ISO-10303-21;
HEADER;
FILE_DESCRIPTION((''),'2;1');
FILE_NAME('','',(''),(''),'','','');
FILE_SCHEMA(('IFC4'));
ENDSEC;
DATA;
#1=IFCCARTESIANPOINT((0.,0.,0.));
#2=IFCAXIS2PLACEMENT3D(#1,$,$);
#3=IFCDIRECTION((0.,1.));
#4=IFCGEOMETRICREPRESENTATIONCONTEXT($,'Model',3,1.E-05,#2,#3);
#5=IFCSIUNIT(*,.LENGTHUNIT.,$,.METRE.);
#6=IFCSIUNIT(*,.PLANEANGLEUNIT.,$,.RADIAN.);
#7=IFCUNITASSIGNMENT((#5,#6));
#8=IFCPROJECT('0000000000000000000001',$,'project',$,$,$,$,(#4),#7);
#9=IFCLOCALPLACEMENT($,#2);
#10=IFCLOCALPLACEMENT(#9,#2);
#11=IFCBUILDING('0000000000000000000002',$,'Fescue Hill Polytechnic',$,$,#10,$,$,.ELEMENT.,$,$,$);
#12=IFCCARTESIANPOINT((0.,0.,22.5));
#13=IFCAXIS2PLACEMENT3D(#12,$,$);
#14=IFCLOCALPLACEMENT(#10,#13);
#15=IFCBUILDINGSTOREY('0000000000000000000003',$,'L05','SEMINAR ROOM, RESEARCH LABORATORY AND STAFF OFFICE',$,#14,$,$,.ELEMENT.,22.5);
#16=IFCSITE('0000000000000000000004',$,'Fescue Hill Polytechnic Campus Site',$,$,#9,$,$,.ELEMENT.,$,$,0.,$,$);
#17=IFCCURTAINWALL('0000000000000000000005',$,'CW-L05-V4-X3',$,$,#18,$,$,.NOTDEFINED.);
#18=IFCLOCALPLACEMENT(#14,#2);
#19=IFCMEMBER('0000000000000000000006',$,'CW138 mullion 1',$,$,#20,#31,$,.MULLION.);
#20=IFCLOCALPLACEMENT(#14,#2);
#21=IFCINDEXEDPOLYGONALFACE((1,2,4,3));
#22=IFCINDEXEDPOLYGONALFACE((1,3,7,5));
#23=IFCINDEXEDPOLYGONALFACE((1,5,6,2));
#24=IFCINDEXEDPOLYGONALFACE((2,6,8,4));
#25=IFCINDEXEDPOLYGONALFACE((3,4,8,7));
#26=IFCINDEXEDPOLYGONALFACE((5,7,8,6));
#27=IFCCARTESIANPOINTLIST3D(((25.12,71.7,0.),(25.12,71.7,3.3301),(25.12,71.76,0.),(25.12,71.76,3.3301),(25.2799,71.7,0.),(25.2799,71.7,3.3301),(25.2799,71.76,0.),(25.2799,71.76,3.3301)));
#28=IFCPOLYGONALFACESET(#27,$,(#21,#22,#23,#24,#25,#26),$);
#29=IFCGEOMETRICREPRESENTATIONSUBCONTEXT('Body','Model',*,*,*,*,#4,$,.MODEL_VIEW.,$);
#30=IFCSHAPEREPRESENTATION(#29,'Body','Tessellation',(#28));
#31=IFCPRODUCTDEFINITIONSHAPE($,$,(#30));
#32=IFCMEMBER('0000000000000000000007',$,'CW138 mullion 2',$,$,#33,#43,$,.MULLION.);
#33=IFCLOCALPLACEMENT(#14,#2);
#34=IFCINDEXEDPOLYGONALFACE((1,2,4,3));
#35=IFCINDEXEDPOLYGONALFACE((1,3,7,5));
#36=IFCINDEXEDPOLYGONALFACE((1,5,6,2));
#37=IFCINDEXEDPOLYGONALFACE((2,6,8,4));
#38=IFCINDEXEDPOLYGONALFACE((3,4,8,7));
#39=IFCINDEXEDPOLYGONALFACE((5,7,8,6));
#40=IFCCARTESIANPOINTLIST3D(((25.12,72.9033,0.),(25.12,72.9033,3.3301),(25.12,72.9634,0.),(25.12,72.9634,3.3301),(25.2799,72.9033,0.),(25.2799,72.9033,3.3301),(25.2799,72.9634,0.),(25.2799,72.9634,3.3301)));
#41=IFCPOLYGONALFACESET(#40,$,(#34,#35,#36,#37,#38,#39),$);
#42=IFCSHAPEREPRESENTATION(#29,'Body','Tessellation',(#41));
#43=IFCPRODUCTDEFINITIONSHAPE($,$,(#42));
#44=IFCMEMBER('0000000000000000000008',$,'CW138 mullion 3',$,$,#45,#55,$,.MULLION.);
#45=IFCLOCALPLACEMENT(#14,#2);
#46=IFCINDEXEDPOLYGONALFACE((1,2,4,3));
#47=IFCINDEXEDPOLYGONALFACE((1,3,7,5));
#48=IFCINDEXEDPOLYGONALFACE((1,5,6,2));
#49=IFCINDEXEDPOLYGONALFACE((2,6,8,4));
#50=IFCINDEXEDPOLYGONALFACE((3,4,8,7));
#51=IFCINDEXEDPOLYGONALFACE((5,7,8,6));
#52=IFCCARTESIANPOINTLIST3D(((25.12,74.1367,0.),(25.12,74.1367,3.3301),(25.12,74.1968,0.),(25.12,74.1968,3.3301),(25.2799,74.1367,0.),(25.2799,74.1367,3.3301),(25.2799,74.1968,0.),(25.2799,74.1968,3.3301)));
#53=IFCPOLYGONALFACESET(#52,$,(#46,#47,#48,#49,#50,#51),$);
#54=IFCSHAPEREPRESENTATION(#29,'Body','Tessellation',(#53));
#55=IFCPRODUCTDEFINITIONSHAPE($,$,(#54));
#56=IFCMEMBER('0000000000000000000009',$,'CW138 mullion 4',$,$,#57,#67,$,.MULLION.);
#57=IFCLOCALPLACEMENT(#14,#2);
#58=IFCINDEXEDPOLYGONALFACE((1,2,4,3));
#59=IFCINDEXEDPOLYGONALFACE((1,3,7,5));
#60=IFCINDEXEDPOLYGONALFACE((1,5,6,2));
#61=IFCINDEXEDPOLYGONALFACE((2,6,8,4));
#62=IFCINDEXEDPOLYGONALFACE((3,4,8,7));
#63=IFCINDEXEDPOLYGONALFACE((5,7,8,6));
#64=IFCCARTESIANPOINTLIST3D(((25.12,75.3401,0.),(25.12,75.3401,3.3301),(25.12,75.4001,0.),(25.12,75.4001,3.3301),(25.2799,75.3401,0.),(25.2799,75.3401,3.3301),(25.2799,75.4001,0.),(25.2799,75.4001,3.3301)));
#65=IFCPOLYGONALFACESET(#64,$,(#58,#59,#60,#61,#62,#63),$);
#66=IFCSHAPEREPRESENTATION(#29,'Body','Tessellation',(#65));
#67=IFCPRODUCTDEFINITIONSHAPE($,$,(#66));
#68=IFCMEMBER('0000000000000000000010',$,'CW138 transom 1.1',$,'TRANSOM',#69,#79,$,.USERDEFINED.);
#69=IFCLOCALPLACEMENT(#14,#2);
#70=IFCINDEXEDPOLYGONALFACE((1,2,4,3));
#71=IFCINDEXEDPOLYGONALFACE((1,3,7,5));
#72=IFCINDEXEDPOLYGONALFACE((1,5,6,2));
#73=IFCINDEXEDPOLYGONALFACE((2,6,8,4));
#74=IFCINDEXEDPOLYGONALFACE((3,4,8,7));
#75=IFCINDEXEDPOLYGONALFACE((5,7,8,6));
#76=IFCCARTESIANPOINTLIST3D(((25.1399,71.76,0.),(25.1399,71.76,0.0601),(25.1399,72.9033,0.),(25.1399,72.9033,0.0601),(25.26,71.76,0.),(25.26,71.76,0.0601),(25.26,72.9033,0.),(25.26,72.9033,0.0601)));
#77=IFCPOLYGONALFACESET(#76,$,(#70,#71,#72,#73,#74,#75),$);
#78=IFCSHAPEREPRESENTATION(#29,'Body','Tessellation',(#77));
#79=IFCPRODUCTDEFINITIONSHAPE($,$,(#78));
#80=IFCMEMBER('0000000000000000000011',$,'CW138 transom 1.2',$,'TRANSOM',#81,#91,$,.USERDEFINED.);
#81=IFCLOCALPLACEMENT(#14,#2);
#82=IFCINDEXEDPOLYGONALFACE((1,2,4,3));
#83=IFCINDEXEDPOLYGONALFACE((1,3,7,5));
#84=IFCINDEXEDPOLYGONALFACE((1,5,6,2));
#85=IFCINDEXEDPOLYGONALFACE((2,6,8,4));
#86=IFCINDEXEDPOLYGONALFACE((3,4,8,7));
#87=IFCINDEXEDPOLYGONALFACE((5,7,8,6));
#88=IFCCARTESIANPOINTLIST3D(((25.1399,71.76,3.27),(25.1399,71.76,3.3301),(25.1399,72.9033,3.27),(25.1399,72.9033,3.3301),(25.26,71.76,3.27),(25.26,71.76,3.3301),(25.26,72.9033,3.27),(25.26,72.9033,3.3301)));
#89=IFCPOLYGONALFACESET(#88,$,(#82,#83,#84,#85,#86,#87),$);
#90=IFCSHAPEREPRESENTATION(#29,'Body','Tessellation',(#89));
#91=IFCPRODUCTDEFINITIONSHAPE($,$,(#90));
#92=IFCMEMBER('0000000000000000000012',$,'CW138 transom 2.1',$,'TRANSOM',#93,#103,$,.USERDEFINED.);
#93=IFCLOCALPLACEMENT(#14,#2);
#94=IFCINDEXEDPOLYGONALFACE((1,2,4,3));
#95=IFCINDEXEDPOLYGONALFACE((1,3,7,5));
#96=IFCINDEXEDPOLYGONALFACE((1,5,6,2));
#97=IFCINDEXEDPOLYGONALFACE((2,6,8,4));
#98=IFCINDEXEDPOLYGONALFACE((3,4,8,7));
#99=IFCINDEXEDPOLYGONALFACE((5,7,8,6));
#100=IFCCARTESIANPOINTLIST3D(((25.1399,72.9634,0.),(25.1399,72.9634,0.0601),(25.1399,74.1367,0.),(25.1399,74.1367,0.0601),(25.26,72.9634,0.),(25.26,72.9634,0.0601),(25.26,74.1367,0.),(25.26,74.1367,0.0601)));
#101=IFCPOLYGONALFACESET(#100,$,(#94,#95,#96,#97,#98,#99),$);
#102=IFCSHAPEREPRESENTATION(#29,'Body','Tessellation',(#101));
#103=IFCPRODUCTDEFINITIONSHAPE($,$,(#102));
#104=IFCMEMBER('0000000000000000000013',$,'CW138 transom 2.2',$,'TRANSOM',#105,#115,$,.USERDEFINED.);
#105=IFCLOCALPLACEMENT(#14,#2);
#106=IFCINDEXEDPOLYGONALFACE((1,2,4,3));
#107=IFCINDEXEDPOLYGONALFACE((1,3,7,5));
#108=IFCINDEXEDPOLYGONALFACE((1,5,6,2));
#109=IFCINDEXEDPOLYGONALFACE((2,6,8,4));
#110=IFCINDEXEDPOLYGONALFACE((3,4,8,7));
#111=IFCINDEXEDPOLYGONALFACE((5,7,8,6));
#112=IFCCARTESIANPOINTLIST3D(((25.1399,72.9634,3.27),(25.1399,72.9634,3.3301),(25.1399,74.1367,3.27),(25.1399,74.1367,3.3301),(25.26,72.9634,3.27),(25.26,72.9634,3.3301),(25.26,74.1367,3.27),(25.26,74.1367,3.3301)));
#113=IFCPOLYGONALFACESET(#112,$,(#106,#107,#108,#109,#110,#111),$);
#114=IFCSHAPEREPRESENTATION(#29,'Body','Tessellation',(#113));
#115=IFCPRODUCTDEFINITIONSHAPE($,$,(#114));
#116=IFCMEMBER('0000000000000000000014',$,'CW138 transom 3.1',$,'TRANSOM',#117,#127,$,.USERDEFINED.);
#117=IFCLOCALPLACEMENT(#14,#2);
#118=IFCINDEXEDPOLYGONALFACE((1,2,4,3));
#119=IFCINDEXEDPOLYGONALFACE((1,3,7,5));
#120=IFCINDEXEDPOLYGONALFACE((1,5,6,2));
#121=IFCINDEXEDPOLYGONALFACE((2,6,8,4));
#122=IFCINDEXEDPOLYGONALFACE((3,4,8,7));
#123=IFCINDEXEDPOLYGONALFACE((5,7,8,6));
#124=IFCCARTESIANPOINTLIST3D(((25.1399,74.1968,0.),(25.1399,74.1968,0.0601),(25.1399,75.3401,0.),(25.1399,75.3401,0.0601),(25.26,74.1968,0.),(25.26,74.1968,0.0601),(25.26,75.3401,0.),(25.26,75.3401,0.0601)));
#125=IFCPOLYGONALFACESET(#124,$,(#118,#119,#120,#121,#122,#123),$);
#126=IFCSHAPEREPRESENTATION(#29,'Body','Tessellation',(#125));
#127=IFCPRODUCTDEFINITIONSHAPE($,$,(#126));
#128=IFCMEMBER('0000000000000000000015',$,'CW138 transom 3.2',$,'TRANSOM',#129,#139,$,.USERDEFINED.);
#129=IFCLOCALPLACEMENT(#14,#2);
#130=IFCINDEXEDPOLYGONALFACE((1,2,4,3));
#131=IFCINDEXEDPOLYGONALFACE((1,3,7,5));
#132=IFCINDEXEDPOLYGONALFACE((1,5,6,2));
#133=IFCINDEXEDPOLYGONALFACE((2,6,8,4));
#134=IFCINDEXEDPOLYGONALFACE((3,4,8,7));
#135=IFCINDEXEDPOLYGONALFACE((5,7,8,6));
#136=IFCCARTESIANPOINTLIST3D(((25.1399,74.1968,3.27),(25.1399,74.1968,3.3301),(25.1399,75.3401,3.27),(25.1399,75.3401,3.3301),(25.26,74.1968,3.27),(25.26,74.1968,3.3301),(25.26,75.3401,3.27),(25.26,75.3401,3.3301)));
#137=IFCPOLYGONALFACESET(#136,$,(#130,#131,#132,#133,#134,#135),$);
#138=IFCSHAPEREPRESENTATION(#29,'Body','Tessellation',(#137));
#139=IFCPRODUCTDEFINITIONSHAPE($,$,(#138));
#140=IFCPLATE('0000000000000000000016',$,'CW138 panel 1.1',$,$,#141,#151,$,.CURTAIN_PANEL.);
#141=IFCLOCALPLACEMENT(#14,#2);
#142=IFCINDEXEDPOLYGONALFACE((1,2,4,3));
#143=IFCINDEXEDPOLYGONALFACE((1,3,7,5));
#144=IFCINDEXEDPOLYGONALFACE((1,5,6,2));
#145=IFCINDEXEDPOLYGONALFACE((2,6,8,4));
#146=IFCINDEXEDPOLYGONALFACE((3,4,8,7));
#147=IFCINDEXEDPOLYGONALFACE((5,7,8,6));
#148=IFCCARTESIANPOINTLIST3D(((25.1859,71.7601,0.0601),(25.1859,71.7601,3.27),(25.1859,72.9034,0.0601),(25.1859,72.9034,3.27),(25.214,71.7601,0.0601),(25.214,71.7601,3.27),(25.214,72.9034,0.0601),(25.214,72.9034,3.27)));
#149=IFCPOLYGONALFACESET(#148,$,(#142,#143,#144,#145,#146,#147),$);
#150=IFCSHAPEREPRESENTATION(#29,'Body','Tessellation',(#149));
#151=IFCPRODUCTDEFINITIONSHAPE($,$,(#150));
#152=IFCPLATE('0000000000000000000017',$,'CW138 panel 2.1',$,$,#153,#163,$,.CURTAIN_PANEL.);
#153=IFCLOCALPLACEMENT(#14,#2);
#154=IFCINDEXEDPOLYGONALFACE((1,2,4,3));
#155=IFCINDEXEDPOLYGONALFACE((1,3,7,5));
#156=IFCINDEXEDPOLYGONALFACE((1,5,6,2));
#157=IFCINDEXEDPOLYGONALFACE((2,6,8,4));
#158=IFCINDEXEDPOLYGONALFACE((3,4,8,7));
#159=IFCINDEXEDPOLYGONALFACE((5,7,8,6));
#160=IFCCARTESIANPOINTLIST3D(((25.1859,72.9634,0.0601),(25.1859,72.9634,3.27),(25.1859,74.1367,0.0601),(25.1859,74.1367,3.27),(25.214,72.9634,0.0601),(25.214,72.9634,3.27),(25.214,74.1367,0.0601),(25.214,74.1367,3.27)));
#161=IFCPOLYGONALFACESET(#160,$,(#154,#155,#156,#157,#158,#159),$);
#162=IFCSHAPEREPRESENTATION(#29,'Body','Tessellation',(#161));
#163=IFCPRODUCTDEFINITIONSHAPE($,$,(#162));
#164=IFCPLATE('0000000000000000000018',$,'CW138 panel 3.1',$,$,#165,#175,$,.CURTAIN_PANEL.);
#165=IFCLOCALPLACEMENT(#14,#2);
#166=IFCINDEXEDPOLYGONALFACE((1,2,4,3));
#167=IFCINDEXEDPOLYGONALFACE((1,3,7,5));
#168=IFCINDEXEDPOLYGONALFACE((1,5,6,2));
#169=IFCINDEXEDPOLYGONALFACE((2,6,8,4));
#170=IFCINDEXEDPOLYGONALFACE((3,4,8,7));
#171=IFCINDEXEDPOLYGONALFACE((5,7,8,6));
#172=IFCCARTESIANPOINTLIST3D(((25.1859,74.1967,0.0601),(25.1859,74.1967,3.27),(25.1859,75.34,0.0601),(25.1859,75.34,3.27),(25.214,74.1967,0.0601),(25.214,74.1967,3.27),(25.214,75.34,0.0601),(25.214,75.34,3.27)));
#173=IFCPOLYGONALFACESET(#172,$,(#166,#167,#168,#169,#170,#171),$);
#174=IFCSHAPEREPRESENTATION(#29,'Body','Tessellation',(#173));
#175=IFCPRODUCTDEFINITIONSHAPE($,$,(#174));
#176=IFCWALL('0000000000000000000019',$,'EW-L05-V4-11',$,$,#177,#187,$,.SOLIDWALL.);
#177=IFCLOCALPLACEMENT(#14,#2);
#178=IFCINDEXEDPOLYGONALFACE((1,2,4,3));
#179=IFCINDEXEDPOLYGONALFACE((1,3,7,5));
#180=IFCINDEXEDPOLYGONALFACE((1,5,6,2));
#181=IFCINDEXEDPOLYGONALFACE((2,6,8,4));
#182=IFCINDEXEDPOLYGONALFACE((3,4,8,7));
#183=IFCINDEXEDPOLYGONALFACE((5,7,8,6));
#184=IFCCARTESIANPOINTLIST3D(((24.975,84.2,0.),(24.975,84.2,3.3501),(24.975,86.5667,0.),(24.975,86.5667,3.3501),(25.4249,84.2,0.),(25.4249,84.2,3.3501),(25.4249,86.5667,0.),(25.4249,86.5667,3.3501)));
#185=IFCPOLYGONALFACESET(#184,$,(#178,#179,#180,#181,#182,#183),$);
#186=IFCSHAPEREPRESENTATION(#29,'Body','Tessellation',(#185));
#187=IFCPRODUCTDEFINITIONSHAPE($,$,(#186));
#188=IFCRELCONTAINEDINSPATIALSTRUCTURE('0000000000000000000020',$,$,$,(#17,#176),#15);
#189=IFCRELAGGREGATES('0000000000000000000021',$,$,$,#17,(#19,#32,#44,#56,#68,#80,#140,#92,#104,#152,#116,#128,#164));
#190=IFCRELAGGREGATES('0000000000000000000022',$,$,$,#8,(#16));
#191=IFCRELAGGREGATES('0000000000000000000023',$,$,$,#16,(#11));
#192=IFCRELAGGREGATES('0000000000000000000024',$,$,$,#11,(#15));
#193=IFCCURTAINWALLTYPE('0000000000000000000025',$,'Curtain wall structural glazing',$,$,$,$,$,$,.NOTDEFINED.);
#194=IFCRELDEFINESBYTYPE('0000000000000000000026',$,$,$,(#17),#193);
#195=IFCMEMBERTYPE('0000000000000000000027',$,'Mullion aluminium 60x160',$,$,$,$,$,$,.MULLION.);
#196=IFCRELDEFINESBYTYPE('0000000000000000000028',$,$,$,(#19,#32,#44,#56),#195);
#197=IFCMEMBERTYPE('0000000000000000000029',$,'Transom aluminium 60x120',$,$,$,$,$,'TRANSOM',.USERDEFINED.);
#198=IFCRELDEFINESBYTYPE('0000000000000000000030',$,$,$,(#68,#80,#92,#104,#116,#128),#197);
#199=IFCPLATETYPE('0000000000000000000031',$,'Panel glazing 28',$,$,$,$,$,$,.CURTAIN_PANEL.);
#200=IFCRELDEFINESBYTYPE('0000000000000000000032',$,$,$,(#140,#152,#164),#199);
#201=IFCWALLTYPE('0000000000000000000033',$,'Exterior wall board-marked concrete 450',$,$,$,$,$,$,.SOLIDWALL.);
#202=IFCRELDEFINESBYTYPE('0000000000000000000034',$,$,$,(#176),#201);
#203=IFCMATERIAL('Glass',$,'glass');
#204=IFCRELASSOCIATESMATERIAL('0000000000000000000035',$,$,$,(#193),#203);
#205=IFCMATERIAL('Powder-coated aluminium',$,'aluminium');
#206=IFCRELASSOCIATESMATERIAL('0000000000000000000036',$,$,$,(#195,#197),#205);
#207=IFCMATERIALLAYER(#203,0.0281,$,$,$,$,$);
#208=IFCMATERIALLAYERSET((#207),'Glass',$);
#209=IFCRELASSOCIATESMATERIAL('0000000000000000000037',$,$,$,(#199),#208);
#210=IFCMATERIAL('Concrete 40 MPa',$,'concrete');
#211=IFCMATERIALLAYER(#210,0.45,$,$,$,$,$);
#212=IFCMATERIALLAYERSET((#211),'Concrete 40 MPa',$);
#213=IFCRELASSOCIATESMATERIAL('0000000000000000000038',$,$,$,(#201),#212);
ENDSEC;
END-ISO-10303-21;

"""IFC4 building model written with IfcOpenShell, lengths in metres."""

from ifc_helpers import new_model, si_unit, direction, frame, frame_2d, origin, origin_2d, place, context, subcontext, project, spatial, rectangle, extrude, material, layer, layer_set, material_profile, profile_set, type_object, element, aggregate, save


model = new_model("IFC4")

# Units and contexts
model_context = context("Model", 3, precision=1e-05, world=origin(), true_north=direction((0.0, 1.0)))
body_context = subcontext(model_context, "Body", "Model", "MODEL_VIEW")
ifc_project = project(units=[si_unit("LENGTHUNIT", "METRE"), si_unit("PLANEANGLEUNIT", "RADIAN")], contexts=[model_context])

# Site, building, storey
site_placement = place(None, origin())
site = spatial("IfcSite", under=ifc_project, at=site_placement, Name="Fescue Hill Polytechnic Campus Site", CompositionType="ELEMENT", RefElevation=0.0)
building_placement = place(site_placement, origin())
building = spatial("IfcBuilding", under=site, at=building_placement, Name="Fescue Hill Polytechnic", CompositionType="ELEMENT")
storey_placement = place(building_placement, frame((0.0, 0.0, 22.5)))
storey = spatial("IfcBuildingStorey", under=building, at=storey_placement, Name="L05", Description="SEMINAR ROOM, RESEARCH LABORATORY AND STAFF OFFICE", CompositionType="ELEMENT", Elevation=22.5)

# Curtain wall, members, plates
ifc_material_1 = material(Name="Glass", Category="glass")
curtain_wall_type = type_object("IfcCurtainWallType", Name="Curtain wall structural glazing", PredefinedType="NOTDEFINED", material=ifc_material_1)
curtain_wall_placement = place(storey_placement, origin())
curtain_wall = element("IfcCurtainWall", 1, at=curtain_wall_placement, inside=storey, type_object=curtain_wall_type, Name="CW-L05-V4-X3", PredefinedType="NOTDEFINED")
ifc_material_2 = material(Name="Powder-coated aluminium", Category="aluminium")
ifc_material_profile_1 = material_profile(ifc_material_2, rectangle(XDim=0.1599, YDim=0.0601, at=origin_2d()), Name="Mullion aluminium 60x160")
ifc_profile_set_1 = profile_set([ifc_material_profile_1], Name="Powder-coated aluminium")
member_type_1 = type_object("IfcMemberType", Name="Mullion aluminium 60x160", PredefinedType="MULLION", material=ifc_profile_set_1)
member_1_placement = place(storey_placement, frame((25.2, 71.73, 0.0), z_axis=(0.0, 0.0, 1.0), x_axis=(-1.0, 0.0, 0.0)))
member_1 = element("IfcMember", 2, at=member_1_placement, type_object=member_type_1, Name="CW138 mullion 1", PredefinedType="MULLION", context=body_context, shape_type="SweptSolid", body=[
    extrude(rectangle(XDim=0.1599, YDim=0.0601, at=origin_2d()), origin(), (0.0, 0.0, 1.0), 3.3301),
])
member_2_placement = place(storey_placement, frame((25.2, 72.9333, 0.0), z_axis=(0.0, 0.0, 1.0), x_axis=(-1.0, 0.0, 0.0)))
member_2 = element("IfcMember", 3, at=member_2_placement, type_object=member_type_1, Name="CW138 mullion 2", PredefinedType="MULLION", context=body_context, shape_type="SweptSolid", body=[
    extrude(rectangle(XDim=0.1599, YDim=0.0601, at=origin_2d()), origin(), (0.0, 0.0, 1.0), 3.3301),
])
member_3_placement = place(storey_placement, frame((25.2, 74.1667, 0.0), z_axis=(0.0, 0.0, 1.0), x_axis=(-1.0, 0.0, 0.0)))
member_3 = element("IfcMember", 4, at=member_3_placement, type_object=member_type_1, Name="CW138 mullion 3", PredefinedType="MULLION", context=body_context, shape_type="SweptSolid", body=[
    extrude(rectangle(XDim=0.1599, YDim=0.0601, at=origin_2d()), origin(), (0.0, 0.0, 1.0), 3.3301),
])
member_4_placement = place(storey_placement, frame((25.2, 75.3701, 0.0), z_axis=(0.0, 0.0, 1.0), x_axis=(-1.0, 0.0, 0.0)))
member_4 = element("IfcMember", 5, at=member_4_placement, type_object=member_type_1, Name="CW138 mullion 4", PredefinedType="MULLION", context=body_context, shape_type="SweptSolid", body=[
    extrude(rectangle(XDim=0.1599, YDim=0.0601, at=origin_2d()), origin(), (0.0, 0.0, 1.0), 3.3301),
])
ifc_material_profile_2 = material_profile(ifc_material_2, rectangle(XDim=0.1201, YDim=0.0601, at=origin_2d()), Name="Transom aluminium 60x120")
ifc_profile_set_2 = profile_set([ifc_material_profile_2], Name="Powder-coated aluminium")
member_type_2 = type_object("IfcMemberType", Name="Transom aluminium 60x120", ElementType="TRANSOM", PredefinedType="USERDEFINED", material=ifc_profile_set_2)
member_5_placement = place(storey_placement, frame((25.2, 71.76, 0.03), z_axis=(0.0, 1.0, 0.0), x_axis=(-1.0, 0.0, 0.0)))
member_5 = element("IfcMember", 6, at=member_5_placement, type_object=member_type_2, Name="CW138 transom 1.1", ObjectType="TRANSOM", PredefinedType="USERDEFINED", context=body_context, shape_type="SweptSolid", body=[
    extrude(rectangle(XDim=0.1201, YDim=0.0601, at=origin_2d()), origin(), (0.0, 0.0, 1.0), 1.1433),
])
member_6_placement = place(storey_placement, frame((25.2, 71.76, 3.3), z_axis=(0.0, 1.0, 0.0), x_axis=(-1.0, 0.0, 0.0)))
member_6 = element("IfcMember", 7, at=member_6_placement, type_object=member_type_2, Name="CW138 transom 1.2", ObjectType="TRANSOM", PredefinedType="USERDEFINED", context=body_context, shape_type="SweptSolid", body=[
    extrude(rectangle(XDim=0.1201, YDim=0.0601, at=origin_2d()), origin(), (0.0, 0.0, 1.0), 1.1433),
])
member_7_placement = place(storey_placement, frame((25.2, 72.9634, 0.03), z_axis=(0.0, 1.0, 0.0), x_axis=(-1.0, 0.0, 0.0)))
member_7 = element("IfcMember", 8, at=member_7_placement, type_object=member_type_2, Name="CW138 transom 2.1", ObjectType="TRANSOM", PredefinedType="USERDEFINED", context=body_context, shape_type="SweptSolid", body=[
    extrude(rectangle(XDim=0.1201, YDim=0.0601, at=origin_2d()), origin(), (0.0, 0.0, 1.0), 1.1733),
])
member_8_placement = place(storey_placement, frame((25.2, 72.9634, 3.3), z_axis=(0.0, 1.0, 0.0), x_axis=(-1.0, 0.0, 0.0)))
member_8 = element("IfcMember", 9, at=member_8_placement, type_object=member_type_2, Name="CW138 transom 2.2", ObjectType="TRANSOM", PredefinedType="USERDEFINED", context=body_context, shape_type="SweptSolid", body=[
    extrude(rectangle(XDim=0.1201, YDim=0.0601, at=origin_2d()), origin(), (0.0, 0.0, 1.0), 1.1733),
])
member_9_placement = place(storey_placement, frame((25.2, 74.1968, 0.03), z_axis=(0.0, 1.0, 0.0), x_axis=(-1.0, 0.0, 0.0)))
member_9 = element("IfcMember", 10, at=member_9_placement, type_object=member_type_2, Name="CW138 transom 3.1", ObjectType="TRANSOM", PredefinedType="USERDEFINED", context=body_context, shape_type="SweptSolid", body=[
    extrude(rectangle(XDim=0.1201, YDim=0.0601, at=origin_2d()), origin(), (0.0, 0.0, 1.0), 1.1433),
])
member_10_placement = place(storey_placement, frame((25.2, 74.1968, 3.3), z_axis=(0.0, 1.0, 0.0), x_axis=(-1.0, 0.0, 0.0)))
member_10 = element("IfcMember", 11, at=member_10_placement, type_object=member_type_2, Name="CW138 transom 3.2", ObjectType="TRANSOM", PredefinedType="USERDEFINED", context=body_context, shape_type="SweptSolid", body=[
    extrude(rectangle(XDim=0.1201, YDim=0.0601, at=origin_2d()), origin(), (0.0, 0.0, 1.0), 1.1433),
])
ifc_layer_1 = layer(ifc_material_1, 0.0281)
ifc_layer_set_1 = layer_set([ifc_layer_1], Name="Glass")
plate_type = type_object("IfcPlateType", Name="Panel glazing 28", PredefinedType="CURTAIN_PANEL", material=ifc_layer_set_1)
plate_1_placement = place(storey_placement, frame((25.2, 72.3318, 0.0601), z_axis=(0.0, 0.0, 1.0), x_axis=(0.0, 1.0, 0.0)))
plate_1 = element("IfcPlate", 12, at=plate_1_placement, type_object=plate_type, Name="CW138 panel 1.1", PredefinedType="CURTAIN_PANEL", context=body_context, shape_type="SweptSolid", body=[
    extrude(rectangle(XDim=1.1433, YDim=0.0281, at=origin_2d()), origin(), (0.0, 0.0, 1.0), 3.21),
])
plate_2_placement = place(storey_placement, frame((25.2, 73.55, 0.0601), z_axis=(0.0, 0.0, 1.0), x_axis=(0.0, 1.0, 0.0)))
plate_2 = element("IfcPlate", 13, at=plate_2_placement, type_object=plate_type, Name="CW138 panel 2.1", PredefinedType="CURTAIN_PANEL", context=body_context, shape_type="SweptSolid", body=[
    extrude(rectangle(XDim=1.1733, YDim=0.0281, at=origin_2d()), origin(), (0.0, 0.0, 1.0), 3.21),
])
plate_3_placement = place(storey_placement, frame((25.2, 74.7683, 0.0601), z_axis=(0.0, 0.0, 1.0), x_axis=(0.0, 1.0, 0.0)))
plate_3 = element("IfcPlate", 14, at=plate_3_placement, type_object=plate_type, Name="CW138 panel 3.1", PredefinedType="CURTAIN_PANEL", context=body_context, shape_type="SweptSolid", body=[
    extrude(rectangle(XDim=1.1433, YDim=0.0281, at=origin_2d()), origin(), (0.0, 0.0, 1.0), 3.21),
])
aggregate(curtain_wall, [member_1, member_2, member_3, member_4, member_5, member_6, plate_1, member_7, member_8, plate_2, member_9, member_10, plate_3])

# Wall
ifc_material_3 = material(Name="Concrete 40 MPa", Category="concrete")
ifc_layer_2 = layer(ifc_material_3, 0.45)
ifc_layer_set_2 = layer_set([ifc_layer_2], Name="Concrete 40 MPa")
wall_type_1 = type_object("IfcWallType", Name="Exterior wall board-marked concrete 450", PredefinedType="SOLIDWALL", material=ifc_layer_set_2)
wall_1_placement = place(storey_placement, frame((25.2, 84.2, 0.0), z_axis=(0.0, 0.0, 1.0), x_axis=(0.0, 1.0, 0.0)))
element("IfcWall", 15, at=wall_1_placement, inside=storey, type_object=wall_type_1, Name="EW-L05-V4-11", PredefinedType="SOLIDWALL", context=body_context, shape_type="SweptSolid", body=[
    extrude(rectangle(XDim=2.3667, YDim=0.45, at=frame_2d((1.1833, 0.0))), origin(), (0.0, 0.0, 1.0), 3.3501),
])

save(model, "model.ifc")
